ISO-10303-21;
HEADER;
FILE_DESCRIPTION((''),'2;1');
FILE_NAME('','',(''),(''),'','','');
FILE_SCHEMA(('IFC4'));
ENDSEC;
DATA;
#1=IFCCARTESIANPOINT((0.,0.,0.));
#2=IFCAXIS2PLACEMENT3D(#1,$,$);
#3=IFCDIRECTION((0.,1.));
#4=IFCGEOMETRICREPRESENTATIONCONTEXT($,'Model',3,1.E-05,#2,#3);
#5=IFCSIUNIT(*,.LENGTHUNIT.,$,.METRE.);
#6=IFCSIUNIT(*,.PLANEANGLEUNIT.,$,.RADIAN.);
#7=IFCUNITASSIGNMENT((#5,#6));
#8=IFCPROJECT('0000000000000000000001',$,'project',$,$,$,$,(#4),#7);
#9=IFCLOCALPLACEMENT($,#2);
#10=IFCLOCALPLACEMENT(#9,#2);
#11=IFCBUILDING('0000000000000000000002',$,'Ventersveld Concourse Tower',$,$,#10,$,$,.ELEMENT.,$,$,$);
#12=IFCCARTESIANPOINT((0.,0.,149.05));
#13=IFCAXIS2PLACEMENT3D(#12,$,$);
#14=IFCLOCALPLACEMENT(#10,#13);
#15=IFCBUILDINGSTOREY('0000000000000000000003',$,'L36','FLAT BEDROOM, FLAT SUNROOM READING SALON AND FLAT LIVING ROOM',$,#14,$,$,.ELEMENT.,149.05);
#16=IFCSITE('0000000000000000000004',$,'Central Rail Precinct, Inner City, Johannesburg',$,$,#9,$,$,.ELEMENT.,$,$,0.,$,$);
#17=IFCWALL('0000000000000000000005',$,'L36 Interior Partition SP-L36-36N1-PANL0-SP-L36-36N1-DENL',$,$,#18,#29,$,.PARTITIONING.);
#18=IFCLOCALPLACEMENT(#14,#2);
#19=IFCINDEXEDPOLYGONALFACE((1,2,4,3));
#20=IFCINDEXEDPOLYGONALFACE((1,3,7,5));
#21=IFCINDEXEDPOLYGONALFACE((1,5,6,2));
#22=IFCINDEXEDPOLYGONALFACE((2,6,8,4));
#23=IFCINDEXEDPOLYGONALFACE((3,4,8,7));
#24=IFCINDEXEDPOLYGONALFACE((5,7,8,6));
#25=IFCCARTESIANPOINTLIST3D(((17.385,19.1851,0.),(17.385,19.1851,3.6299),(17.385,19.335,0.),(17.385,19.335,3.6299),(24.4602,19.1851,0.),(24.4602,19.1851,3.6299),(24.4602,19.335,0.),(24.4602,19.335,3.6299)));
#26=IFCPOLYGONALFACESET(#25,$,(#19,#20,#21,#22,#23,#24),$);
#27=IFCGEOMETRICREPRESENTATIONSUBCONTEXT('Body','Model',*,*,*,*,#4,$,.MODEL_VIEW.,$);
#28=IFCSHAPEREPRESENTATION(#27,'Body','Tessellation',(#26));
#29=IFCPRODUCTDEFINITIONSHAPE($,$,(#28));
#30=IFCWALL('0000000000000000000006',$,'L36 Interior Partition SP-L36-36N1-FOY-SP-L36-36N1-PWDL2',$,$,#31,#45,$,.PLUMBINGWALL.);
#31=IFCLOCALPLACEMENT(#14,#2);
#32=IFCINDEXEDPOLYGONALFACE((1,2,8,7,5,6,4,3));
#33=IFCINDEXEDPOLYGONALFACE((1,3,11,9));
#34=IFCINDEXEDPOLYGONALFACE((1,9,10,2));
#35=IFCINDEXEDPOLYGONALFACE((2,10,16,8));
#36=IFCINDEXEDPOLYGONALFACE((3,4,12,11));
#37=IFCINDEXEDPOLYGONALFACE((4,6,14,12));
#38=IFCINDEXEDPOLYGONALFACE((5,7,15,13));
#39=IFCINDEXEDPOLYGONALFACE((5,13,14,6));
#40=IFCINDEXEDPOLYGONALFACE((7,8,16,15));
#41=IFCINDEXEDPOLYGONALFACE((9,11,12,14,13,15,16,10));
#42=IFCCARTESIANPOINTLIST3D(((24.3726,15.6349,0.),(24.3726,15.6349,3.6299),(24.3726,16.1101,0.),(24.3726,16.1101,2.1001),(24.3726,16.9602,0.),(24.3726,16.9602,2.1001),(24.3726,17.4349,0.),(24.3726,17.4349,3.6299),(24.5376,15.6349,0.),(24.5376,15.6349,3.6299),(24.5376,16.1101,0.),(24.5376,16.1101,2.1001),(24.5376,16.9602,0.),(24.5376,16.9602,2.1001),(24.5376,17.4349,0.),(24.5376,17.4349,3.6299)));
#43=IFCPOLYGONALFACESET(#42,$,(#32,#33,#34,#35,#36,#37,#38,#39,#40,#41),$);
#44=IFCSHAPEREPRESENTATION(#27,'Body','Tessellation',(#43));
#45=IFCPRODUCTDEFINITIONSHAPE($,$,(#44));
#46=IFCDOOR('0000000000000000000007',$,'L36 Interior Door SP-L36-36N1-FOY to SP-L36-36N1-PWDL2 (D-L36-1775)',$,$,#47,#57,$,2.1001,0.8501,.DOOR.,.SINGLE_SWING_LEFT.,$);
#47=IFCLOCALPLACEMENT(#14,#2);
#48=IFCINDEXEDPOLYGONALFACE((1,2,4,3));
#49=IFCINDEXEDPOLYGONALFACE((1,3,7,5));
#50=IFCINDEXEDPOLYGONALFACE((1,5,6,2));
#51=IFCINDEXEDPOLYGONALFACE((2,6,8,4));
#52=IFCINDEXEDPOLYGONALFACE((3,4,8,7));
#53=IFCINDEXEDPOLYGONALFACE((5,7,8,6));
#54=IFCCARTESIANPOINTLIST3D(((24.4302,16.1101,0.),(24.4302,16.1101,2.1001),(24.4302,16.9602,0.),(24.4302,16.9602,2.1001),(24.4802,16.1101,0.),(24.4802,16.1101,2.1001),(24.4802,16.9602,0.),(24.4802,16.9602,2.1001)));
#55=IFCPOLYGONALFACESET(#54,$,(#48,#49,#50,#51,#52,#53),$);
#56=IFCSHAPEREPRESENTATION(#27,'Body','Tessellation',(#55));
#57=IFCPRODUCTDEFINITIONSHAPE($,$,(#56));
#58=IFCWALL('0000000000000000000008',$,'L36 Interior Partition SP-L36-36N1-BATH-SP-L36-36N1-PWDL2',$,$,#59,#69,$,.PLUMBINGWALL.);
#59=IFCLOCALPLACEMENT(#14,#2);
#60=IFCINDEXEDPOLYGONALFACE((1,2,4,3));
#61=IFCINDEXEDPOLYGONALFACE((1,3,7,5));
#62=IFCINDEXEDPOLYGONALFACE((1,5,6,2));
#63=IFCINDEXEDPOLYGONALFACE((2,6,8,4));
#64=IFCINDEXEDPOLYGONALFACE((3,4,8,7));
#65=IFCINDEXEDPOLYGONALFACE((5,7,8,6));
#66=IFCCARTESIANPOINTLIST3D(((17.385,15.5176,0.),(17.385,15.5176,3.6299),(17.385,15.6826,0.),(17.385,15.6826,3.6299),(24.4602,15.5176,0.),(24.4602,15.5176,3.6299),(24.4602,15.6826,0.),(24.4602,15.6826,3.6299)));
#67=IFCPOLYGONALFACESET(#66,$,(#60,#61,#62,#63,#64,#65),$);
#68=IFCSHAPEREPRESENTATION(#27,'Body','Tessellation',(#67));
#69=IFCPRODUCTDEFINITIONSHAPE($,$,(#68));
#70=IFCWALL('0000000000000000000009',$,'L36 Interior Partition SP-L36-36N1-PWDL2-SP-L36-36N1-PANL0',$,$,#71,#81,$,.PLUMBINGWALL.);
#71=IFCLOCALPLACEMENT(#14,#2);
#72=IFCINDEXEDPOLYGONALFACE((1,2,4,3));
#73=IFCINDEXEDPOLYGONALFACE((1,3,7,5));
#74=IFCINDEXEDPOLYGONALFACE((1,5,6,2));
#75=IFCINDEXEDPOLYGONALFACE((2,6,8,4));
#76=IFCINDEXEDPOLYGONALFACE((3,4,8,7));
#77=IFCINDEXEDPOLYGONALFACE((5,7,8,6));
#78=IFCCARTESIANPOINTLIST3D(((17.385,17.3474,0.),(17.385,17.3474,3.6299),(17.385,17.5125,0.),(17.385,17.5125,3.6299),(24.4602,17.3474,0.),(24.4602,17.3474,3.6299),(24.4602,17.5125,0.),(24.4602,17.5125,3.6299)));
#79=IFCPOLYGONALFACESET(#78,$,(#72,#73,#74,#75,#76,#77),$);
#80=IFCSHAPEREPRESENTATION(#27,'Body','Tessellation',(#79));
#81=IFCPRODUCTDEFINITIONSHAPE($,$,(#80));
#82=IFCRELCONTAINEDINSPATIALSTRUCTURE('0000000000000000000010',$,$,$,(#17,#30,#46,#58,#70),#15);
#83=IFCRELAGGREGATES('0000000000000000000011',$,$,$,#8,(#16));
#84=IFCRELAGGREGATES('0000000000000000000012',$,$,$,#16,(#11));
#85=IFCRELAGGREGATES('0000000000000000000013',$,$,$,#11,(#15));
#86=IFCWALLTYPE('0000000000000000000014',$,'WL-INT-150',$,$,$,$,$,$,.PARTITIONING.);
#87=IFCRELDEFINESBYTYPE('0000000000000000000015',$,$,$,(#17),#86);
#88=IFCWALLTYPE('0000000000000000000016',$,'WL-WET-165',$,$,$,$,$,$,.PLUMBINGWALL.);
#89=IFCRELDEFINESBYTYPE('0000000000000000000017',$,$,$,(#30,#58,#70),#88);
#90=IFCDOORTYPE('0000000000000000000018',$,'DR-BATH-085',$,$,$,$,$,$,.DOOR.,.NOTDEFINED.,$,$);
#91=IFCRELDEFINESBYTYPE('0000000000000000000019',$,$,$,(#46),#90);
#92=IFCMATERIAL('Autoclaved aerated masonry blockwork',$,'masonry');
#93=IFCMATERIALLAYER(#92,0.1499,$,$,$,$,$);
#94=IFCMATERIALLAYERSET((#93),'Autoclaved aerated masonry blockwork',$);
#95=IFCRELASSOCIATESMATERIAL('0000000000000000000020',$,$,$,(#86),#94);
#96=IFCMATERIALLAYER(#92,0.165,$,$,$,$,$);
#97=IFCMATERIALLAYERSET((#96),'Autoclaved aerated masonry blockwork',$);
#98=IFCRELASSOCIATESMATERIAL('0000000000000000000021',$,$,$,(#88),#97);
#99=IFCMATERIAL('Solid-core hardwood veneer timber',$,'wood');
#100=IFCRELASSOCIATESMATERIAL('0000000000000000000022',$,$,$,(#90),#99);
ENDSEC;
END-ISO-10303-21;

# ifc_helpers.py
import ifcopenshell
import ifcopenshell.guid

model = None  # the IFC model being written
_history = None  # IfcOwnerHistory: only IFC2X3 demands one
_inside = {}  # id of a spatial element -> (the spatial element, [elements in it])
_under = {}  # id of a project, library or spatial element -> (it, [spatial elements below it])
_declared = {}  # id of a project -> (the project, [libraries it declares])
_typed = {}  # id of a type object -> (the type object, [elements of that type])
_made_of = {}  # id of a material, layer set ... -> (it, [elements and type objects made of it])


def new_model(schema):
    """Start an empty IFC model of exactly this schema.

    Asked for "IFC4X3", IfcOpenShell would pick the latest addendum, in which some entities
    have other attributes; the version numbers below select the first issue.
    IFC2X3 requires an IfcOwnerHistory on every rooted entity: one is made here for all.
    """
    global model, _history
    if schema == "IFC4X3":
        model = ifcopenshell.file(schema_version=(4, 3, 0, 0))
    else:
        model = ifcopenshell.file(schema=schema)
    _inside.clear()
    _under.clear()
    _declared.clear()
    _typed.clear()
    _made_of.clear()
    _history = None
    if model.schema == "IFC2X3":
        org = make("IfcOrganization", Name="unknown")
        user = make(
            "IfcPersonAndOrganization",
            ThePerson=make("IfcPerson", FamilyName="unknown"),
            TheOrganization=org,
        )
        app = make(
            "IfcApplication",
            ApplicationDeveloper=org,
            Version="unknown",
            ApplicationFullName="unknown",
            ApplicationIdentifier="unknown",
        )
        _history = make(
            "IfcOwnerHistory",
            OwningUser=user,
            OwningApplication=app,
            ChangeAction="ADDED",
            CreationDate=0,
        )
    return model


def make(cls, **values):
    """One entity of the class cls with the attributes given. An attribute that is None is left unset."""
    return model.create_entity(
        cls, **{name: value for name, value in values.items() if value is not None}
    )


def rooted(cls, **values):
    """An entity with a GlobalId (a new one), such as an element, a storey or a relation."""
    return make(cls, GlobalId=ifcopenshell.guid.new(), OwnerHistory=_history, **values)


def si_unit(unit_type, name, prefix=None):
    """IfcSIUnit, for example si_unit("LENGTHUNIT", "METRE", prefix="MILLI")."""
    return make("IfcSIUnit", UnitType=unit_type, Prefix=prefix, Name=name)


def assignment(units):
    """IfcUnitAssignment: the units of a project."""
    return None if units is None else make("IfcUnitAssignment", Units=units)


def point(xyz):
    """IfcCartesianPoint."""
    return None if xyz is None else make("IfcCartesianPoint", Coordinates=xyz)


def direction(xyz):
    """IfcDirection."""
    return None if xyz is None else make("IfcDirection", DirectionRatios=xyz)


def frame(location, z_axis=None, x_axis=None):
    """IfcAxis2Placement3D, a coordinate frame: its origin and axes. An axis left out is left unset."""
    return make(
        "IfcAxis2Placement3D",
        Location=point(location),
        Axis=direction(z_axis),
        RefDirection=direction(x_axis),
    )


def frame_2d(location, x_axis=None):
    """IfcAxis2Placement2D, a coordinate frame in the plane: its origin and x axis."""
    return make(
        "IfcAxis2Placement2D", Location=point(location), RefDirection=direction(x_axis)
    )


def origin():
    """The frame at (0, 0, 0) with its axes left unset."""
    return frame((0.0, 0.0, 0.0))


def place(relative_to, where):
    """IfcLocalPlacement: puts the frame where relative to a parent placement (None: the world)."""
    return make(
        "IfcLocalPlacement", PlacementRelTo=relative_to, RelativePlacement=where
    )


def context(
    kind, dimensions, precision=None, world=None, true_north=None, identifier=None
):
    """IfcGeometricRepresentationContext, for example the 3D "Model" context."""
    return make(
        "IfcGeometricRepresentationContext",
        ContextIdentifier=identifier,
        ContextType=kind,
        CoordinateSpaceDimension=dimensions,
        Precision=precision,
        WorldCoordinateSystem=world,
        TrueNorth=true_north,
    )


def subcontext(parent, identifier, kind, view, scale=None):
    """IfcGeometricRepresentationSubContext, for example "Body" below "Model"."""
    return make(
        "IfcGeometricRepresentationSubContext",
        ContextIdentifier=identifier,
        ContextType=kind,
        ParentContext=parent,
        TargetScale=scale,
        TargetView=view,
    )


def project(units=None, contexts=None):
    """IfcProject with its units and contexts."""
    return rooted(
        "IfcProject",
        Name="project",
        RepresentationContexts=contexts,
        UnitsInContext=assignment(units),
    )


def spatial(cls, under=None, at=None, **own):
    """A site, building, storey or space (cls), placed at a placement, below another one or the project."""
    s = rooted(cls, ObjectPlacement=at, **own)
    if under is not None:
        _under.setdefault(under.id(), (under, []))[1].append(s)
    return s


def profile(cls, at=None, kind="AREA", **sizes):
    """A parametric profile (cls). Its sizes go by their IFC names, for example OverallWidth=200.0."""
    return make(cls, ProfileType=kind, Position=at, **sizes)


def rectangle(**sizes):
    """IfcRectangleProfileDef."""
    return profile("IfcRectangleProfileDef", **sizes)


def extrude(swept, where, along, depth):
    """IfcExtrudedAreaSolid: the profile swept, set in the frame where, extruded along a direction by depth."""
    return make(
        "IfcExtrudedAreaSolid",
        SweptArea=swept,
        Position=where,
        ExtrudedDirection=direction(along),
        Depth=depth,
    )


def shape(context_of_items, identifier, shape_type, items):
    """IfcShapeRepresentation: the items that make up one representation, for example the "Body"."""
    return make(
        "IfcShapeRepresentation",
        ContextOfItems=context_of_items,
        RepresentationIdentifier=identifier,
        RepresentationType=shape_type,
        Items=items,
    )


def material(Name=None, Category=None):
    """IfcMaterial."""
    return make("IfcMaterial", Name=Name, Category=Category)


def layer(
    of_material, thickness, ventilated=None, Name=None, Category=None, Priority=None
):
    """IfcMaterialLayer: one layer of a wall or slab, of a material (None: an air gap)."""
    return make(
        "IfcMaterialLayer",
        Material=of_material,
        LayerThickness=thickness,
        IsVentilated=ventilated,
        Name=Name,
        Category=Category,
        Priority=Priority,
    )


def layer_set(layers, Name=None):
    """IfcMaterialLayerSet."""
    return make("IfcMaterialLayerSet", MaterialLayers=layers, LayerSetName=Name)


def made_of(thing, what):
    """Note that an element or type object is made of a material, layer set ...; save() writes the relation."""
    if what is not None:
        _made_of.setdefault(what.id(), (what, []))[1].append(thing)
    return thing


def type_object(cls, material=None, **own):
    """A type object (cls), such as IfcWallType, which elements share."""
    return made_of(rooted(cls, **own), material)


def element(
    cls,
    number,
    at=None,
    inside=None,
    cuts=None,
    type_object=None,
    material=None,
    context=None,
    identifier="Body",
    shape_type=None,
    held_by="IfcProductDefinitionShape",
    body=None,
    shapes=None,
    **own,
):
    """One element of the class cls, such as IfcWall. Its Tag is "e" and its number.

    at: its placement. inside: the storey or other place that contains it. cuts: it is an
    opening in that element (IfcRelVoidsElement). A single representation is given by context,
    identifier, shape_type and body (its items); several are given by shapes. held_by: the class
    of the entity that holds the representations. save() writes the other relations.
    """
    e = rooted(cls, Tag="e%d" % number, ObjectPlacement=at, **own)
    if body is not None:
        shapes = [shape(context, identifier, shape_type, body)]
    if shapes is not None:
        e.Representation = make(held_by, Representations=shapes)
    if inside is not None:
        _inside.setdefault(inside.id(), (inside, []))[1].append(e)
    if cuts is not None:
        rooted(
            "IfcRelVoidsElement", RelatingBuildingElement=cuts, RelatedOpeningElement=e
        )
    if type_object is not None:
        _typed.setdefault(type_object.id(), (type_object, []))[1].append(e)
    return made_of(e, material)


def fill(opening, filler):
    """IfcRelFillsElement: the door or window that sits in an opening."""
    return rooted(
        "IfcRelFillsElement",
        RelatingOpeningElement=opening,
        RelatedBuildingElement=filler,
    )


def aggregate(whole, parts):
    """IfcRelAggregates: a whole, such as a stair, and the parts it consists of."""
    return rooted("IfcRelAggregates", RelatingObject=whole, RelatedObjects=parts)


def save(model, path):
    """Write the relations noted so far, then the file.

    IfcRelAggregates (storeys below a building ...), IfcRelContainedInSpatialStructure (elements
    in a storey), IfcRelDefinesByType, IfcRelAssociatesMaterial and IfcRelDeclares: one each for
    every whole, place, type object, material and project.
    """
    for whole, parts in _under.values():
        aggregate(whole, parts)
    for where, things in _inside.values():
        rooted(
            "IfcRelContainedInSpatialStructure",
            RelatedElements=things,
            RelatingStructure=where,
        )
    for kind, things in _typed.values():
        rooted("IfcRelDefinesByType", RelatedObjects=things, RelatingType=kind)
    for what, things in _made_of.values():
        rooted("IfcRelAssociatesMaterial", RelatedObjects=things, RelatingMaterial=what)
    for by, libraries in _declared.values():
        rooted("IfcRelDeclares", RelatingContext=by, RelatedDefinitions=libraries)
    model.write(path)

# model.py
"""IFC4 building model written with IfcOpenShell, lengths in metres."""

from ifc_helpers import new_model, si_unit, direction, frame, frame_2d, origin, place, context, subcontext, project, spatial, rectangle, extrude, material, layer, layer_set, type_object, element, fill, save


model = new_model("IFC4")

# Units and contexts
model_context = context("Model", 3, precision=1e-05, world=origin(), true_north=direction((0.0, 1.0)))
body_context = subcontext(model_context, "Body", "Model", "MODEL_VIEW")
ifc_project = project(units=[si_unit("LENGTHUNIT", "METRE"), si_unit("PLANEANGLEUNIT", "RADIAN")], contexts=[model_context])

# Site, building, storey
site_placement = place(None, origin())
site = spatial("IfcSite", under=ifc_project, at=site_placement, Name="Central Rail Precinct, Inner City, Johannesburg", CompositionType="ELEMENT", RefElevation=0.0)
building_placement = place(site_placement, origin())
building = spatial("IfcBuilding", under=site, at=building_placement, Name="Ventersveld Concourse Tower", CompositionType="ELEMENT")
storey_placement = place(building_placement, frame((0.0, 0.0, 149.05)))
storey = spatial("IfcBuildingStorey", under=building, at=storey_placement, Name="L36", Description="FLAT BEDROOM, FLAT SUNROOM READING SALON AND FLAT LIVING ROOM", CompositionType="ELEMENT", Elevation=149.05)

# Shared definitions
ifc_material_1 = material(Name="Solid-core hardwood veneer timber", Category="wood")

# Shared definitions
ifc_material_2 = material(Name="Autoclaved aerated masonry blockwork", Category="masonry")
ifc_layer_1 = layer(ifc_material_2, 0.1499)
ifc_layer_set_1 = layer_set([ifc_layer_1], Name="Autoclaved aerated masonry blockwork")
wall_type_1 = type_object("IfcWallType", Name="WL-INT-150", PredefinedType="PARTITIONING", material=ifc_layer_set_1)

# Wall
wall_1_placement = place(storey_placement, frame((17.385, 19.26, 0.0), z_axis=(0.0, 0.0, 1.0), x_axis=(1.0, 0.0, 0.0)))
element("IfcWall", 1, at=wall_1_placement, inside=storey, type_object=wall_type_1, Name="L36 Interior Partition SP-L36-36N1-PANL0-SP-L36-36N1-DENL", PredefinedType="PARTITIONING", context=body_context, shape_type="SweptSolid", body=[
    extrude(rectangle(XDim=7.0752, YDim=0.1499, at=frame_2d((3.5376, 0.0))), origin(), (0.0, 0.0, 1.0), 3.6299),
])

# Wall, opening, door
ifc_layer_2 = layer(ifc_material_2, 0.165)
ifc_layer_set_2 = layer_set([ifc_layer_2], Name="Autoclaved aerated masonry blockwork")
wall_type_2 = type_object("IfcWallType", Name="WL-WET-165", PredefinedType="PLUMBINGWALL", material=ifc_layer_set_2)
wall_2_placement = place(storey_placement, frame((24.4551, 15.635, 0.0), z_axis=(0.0, 0.0, 1.0), x_axis=(0.0, 1.0, 0.0)))
wall_2 = element("IfcWall", 2, at=wall_2_placement, inside=storey, type_object=wall_type_2, Name="L36 Interior Partition SP-L36-36N1-FOY-SP-L36-36N1-PWDL2", PredefinedType="PLUMBINGWALL", context=body_context, shape_type="SweptSolid", body=[
    extrude(rectangle(XDim=1.8, YDim=0.165, at=frame_2d((0.8999, 0.0))), origin(), (0.0, 0.0, 1.0), 3.6299),
])
opening_1_placement = place(wall_2_placement, frame((0.4751, 0.0, 0.0)))
opening_1 = element("IfcOpeningElement", 3, at=opening_1_placement, cuts=wall_2, PredefinedType="OPENING", context=body_context, shape_type="SweptSolid", body=[
    extrude(rectangle(XDim=0.8501, YDim=2.1001, at=frame_2d((0.425, 1.05))), frame((0.0, 0.0925, 0.0), z_axis=(0.0, -1.0, 0.0), x_axis=(1.0, 0.0, 0.0)), (0.0, 0.0, 1.0), 0.1851),
])
door_type_1 = type_object("IfcDoorType", Name="DR-BATH-085", OperationType="NOTDEFINED", PredefinedType="DOOR", material=ifc_material_1)
door_1_placement = place(opening_1_placement, origin())
door_1 = element("IfcDoor", 4, at=door_1_placement, inside=storey, type_object=door_type_1, Name="L36 Interior Door SP-L36-36N1-FOY to SP-L36-36N1-PWDL2 (D-L36-1775)", OperationType="SINGLE_SWING_LEFT", OverallHeight=2.1001, OverallWidth=0.8501, PredefinedType="DOOR", context=body_context, shape_type="SweptSolid", body=[
    extrude(rectangle(XDim=0.8501, YDim=2.1001, at=frame_2d((0.425, 1.05))), frame((0.0, 0.0249, 0.0), z_axis=(0.0, -1.0, 0.0), x_axis=(1.0, 0.0, 0.0)), (0.0, 0.0, 1.0), 0.05),
])
fill(opening_1, door_1)

# Walls
for number, where, z_axis, x_axis, name in (
    (5, (17.385, 15.6001, 0.0), (0.0, 0.0, 1.0), (1.0, 0.0, 0.0), "L36 Interior Partition SP-L36-36N1-BATH-SP-L36-36N1-PWDL2"),
    (6, (17.385, 17.4299, 0.0), (0.0, 0.0, 1.0), (1.0, 0.0, 0.0), "L36 Interior Partition SP-L36-36N1-PWDL2-SP-L36-36N1-PANL0"),
):
    element("IfcWall", number, at=place(storey_placement, frame(where, z_axis=z_axis, x_axis=x_axis)), inside=storey, type_object=wall_type_2, Name=name, PredefinedType="PLUMBINGWALL", context=body_context, shape_type="SweptSolid", body=[
        extrude(rectangle(XDim=7.0752, YDim=0.165, at=frame_2d((3.5376, 0.0))), origin(), (0.0, 0.0, 1.0), 3.6299),
    ])

save(model, "model.ifc")
